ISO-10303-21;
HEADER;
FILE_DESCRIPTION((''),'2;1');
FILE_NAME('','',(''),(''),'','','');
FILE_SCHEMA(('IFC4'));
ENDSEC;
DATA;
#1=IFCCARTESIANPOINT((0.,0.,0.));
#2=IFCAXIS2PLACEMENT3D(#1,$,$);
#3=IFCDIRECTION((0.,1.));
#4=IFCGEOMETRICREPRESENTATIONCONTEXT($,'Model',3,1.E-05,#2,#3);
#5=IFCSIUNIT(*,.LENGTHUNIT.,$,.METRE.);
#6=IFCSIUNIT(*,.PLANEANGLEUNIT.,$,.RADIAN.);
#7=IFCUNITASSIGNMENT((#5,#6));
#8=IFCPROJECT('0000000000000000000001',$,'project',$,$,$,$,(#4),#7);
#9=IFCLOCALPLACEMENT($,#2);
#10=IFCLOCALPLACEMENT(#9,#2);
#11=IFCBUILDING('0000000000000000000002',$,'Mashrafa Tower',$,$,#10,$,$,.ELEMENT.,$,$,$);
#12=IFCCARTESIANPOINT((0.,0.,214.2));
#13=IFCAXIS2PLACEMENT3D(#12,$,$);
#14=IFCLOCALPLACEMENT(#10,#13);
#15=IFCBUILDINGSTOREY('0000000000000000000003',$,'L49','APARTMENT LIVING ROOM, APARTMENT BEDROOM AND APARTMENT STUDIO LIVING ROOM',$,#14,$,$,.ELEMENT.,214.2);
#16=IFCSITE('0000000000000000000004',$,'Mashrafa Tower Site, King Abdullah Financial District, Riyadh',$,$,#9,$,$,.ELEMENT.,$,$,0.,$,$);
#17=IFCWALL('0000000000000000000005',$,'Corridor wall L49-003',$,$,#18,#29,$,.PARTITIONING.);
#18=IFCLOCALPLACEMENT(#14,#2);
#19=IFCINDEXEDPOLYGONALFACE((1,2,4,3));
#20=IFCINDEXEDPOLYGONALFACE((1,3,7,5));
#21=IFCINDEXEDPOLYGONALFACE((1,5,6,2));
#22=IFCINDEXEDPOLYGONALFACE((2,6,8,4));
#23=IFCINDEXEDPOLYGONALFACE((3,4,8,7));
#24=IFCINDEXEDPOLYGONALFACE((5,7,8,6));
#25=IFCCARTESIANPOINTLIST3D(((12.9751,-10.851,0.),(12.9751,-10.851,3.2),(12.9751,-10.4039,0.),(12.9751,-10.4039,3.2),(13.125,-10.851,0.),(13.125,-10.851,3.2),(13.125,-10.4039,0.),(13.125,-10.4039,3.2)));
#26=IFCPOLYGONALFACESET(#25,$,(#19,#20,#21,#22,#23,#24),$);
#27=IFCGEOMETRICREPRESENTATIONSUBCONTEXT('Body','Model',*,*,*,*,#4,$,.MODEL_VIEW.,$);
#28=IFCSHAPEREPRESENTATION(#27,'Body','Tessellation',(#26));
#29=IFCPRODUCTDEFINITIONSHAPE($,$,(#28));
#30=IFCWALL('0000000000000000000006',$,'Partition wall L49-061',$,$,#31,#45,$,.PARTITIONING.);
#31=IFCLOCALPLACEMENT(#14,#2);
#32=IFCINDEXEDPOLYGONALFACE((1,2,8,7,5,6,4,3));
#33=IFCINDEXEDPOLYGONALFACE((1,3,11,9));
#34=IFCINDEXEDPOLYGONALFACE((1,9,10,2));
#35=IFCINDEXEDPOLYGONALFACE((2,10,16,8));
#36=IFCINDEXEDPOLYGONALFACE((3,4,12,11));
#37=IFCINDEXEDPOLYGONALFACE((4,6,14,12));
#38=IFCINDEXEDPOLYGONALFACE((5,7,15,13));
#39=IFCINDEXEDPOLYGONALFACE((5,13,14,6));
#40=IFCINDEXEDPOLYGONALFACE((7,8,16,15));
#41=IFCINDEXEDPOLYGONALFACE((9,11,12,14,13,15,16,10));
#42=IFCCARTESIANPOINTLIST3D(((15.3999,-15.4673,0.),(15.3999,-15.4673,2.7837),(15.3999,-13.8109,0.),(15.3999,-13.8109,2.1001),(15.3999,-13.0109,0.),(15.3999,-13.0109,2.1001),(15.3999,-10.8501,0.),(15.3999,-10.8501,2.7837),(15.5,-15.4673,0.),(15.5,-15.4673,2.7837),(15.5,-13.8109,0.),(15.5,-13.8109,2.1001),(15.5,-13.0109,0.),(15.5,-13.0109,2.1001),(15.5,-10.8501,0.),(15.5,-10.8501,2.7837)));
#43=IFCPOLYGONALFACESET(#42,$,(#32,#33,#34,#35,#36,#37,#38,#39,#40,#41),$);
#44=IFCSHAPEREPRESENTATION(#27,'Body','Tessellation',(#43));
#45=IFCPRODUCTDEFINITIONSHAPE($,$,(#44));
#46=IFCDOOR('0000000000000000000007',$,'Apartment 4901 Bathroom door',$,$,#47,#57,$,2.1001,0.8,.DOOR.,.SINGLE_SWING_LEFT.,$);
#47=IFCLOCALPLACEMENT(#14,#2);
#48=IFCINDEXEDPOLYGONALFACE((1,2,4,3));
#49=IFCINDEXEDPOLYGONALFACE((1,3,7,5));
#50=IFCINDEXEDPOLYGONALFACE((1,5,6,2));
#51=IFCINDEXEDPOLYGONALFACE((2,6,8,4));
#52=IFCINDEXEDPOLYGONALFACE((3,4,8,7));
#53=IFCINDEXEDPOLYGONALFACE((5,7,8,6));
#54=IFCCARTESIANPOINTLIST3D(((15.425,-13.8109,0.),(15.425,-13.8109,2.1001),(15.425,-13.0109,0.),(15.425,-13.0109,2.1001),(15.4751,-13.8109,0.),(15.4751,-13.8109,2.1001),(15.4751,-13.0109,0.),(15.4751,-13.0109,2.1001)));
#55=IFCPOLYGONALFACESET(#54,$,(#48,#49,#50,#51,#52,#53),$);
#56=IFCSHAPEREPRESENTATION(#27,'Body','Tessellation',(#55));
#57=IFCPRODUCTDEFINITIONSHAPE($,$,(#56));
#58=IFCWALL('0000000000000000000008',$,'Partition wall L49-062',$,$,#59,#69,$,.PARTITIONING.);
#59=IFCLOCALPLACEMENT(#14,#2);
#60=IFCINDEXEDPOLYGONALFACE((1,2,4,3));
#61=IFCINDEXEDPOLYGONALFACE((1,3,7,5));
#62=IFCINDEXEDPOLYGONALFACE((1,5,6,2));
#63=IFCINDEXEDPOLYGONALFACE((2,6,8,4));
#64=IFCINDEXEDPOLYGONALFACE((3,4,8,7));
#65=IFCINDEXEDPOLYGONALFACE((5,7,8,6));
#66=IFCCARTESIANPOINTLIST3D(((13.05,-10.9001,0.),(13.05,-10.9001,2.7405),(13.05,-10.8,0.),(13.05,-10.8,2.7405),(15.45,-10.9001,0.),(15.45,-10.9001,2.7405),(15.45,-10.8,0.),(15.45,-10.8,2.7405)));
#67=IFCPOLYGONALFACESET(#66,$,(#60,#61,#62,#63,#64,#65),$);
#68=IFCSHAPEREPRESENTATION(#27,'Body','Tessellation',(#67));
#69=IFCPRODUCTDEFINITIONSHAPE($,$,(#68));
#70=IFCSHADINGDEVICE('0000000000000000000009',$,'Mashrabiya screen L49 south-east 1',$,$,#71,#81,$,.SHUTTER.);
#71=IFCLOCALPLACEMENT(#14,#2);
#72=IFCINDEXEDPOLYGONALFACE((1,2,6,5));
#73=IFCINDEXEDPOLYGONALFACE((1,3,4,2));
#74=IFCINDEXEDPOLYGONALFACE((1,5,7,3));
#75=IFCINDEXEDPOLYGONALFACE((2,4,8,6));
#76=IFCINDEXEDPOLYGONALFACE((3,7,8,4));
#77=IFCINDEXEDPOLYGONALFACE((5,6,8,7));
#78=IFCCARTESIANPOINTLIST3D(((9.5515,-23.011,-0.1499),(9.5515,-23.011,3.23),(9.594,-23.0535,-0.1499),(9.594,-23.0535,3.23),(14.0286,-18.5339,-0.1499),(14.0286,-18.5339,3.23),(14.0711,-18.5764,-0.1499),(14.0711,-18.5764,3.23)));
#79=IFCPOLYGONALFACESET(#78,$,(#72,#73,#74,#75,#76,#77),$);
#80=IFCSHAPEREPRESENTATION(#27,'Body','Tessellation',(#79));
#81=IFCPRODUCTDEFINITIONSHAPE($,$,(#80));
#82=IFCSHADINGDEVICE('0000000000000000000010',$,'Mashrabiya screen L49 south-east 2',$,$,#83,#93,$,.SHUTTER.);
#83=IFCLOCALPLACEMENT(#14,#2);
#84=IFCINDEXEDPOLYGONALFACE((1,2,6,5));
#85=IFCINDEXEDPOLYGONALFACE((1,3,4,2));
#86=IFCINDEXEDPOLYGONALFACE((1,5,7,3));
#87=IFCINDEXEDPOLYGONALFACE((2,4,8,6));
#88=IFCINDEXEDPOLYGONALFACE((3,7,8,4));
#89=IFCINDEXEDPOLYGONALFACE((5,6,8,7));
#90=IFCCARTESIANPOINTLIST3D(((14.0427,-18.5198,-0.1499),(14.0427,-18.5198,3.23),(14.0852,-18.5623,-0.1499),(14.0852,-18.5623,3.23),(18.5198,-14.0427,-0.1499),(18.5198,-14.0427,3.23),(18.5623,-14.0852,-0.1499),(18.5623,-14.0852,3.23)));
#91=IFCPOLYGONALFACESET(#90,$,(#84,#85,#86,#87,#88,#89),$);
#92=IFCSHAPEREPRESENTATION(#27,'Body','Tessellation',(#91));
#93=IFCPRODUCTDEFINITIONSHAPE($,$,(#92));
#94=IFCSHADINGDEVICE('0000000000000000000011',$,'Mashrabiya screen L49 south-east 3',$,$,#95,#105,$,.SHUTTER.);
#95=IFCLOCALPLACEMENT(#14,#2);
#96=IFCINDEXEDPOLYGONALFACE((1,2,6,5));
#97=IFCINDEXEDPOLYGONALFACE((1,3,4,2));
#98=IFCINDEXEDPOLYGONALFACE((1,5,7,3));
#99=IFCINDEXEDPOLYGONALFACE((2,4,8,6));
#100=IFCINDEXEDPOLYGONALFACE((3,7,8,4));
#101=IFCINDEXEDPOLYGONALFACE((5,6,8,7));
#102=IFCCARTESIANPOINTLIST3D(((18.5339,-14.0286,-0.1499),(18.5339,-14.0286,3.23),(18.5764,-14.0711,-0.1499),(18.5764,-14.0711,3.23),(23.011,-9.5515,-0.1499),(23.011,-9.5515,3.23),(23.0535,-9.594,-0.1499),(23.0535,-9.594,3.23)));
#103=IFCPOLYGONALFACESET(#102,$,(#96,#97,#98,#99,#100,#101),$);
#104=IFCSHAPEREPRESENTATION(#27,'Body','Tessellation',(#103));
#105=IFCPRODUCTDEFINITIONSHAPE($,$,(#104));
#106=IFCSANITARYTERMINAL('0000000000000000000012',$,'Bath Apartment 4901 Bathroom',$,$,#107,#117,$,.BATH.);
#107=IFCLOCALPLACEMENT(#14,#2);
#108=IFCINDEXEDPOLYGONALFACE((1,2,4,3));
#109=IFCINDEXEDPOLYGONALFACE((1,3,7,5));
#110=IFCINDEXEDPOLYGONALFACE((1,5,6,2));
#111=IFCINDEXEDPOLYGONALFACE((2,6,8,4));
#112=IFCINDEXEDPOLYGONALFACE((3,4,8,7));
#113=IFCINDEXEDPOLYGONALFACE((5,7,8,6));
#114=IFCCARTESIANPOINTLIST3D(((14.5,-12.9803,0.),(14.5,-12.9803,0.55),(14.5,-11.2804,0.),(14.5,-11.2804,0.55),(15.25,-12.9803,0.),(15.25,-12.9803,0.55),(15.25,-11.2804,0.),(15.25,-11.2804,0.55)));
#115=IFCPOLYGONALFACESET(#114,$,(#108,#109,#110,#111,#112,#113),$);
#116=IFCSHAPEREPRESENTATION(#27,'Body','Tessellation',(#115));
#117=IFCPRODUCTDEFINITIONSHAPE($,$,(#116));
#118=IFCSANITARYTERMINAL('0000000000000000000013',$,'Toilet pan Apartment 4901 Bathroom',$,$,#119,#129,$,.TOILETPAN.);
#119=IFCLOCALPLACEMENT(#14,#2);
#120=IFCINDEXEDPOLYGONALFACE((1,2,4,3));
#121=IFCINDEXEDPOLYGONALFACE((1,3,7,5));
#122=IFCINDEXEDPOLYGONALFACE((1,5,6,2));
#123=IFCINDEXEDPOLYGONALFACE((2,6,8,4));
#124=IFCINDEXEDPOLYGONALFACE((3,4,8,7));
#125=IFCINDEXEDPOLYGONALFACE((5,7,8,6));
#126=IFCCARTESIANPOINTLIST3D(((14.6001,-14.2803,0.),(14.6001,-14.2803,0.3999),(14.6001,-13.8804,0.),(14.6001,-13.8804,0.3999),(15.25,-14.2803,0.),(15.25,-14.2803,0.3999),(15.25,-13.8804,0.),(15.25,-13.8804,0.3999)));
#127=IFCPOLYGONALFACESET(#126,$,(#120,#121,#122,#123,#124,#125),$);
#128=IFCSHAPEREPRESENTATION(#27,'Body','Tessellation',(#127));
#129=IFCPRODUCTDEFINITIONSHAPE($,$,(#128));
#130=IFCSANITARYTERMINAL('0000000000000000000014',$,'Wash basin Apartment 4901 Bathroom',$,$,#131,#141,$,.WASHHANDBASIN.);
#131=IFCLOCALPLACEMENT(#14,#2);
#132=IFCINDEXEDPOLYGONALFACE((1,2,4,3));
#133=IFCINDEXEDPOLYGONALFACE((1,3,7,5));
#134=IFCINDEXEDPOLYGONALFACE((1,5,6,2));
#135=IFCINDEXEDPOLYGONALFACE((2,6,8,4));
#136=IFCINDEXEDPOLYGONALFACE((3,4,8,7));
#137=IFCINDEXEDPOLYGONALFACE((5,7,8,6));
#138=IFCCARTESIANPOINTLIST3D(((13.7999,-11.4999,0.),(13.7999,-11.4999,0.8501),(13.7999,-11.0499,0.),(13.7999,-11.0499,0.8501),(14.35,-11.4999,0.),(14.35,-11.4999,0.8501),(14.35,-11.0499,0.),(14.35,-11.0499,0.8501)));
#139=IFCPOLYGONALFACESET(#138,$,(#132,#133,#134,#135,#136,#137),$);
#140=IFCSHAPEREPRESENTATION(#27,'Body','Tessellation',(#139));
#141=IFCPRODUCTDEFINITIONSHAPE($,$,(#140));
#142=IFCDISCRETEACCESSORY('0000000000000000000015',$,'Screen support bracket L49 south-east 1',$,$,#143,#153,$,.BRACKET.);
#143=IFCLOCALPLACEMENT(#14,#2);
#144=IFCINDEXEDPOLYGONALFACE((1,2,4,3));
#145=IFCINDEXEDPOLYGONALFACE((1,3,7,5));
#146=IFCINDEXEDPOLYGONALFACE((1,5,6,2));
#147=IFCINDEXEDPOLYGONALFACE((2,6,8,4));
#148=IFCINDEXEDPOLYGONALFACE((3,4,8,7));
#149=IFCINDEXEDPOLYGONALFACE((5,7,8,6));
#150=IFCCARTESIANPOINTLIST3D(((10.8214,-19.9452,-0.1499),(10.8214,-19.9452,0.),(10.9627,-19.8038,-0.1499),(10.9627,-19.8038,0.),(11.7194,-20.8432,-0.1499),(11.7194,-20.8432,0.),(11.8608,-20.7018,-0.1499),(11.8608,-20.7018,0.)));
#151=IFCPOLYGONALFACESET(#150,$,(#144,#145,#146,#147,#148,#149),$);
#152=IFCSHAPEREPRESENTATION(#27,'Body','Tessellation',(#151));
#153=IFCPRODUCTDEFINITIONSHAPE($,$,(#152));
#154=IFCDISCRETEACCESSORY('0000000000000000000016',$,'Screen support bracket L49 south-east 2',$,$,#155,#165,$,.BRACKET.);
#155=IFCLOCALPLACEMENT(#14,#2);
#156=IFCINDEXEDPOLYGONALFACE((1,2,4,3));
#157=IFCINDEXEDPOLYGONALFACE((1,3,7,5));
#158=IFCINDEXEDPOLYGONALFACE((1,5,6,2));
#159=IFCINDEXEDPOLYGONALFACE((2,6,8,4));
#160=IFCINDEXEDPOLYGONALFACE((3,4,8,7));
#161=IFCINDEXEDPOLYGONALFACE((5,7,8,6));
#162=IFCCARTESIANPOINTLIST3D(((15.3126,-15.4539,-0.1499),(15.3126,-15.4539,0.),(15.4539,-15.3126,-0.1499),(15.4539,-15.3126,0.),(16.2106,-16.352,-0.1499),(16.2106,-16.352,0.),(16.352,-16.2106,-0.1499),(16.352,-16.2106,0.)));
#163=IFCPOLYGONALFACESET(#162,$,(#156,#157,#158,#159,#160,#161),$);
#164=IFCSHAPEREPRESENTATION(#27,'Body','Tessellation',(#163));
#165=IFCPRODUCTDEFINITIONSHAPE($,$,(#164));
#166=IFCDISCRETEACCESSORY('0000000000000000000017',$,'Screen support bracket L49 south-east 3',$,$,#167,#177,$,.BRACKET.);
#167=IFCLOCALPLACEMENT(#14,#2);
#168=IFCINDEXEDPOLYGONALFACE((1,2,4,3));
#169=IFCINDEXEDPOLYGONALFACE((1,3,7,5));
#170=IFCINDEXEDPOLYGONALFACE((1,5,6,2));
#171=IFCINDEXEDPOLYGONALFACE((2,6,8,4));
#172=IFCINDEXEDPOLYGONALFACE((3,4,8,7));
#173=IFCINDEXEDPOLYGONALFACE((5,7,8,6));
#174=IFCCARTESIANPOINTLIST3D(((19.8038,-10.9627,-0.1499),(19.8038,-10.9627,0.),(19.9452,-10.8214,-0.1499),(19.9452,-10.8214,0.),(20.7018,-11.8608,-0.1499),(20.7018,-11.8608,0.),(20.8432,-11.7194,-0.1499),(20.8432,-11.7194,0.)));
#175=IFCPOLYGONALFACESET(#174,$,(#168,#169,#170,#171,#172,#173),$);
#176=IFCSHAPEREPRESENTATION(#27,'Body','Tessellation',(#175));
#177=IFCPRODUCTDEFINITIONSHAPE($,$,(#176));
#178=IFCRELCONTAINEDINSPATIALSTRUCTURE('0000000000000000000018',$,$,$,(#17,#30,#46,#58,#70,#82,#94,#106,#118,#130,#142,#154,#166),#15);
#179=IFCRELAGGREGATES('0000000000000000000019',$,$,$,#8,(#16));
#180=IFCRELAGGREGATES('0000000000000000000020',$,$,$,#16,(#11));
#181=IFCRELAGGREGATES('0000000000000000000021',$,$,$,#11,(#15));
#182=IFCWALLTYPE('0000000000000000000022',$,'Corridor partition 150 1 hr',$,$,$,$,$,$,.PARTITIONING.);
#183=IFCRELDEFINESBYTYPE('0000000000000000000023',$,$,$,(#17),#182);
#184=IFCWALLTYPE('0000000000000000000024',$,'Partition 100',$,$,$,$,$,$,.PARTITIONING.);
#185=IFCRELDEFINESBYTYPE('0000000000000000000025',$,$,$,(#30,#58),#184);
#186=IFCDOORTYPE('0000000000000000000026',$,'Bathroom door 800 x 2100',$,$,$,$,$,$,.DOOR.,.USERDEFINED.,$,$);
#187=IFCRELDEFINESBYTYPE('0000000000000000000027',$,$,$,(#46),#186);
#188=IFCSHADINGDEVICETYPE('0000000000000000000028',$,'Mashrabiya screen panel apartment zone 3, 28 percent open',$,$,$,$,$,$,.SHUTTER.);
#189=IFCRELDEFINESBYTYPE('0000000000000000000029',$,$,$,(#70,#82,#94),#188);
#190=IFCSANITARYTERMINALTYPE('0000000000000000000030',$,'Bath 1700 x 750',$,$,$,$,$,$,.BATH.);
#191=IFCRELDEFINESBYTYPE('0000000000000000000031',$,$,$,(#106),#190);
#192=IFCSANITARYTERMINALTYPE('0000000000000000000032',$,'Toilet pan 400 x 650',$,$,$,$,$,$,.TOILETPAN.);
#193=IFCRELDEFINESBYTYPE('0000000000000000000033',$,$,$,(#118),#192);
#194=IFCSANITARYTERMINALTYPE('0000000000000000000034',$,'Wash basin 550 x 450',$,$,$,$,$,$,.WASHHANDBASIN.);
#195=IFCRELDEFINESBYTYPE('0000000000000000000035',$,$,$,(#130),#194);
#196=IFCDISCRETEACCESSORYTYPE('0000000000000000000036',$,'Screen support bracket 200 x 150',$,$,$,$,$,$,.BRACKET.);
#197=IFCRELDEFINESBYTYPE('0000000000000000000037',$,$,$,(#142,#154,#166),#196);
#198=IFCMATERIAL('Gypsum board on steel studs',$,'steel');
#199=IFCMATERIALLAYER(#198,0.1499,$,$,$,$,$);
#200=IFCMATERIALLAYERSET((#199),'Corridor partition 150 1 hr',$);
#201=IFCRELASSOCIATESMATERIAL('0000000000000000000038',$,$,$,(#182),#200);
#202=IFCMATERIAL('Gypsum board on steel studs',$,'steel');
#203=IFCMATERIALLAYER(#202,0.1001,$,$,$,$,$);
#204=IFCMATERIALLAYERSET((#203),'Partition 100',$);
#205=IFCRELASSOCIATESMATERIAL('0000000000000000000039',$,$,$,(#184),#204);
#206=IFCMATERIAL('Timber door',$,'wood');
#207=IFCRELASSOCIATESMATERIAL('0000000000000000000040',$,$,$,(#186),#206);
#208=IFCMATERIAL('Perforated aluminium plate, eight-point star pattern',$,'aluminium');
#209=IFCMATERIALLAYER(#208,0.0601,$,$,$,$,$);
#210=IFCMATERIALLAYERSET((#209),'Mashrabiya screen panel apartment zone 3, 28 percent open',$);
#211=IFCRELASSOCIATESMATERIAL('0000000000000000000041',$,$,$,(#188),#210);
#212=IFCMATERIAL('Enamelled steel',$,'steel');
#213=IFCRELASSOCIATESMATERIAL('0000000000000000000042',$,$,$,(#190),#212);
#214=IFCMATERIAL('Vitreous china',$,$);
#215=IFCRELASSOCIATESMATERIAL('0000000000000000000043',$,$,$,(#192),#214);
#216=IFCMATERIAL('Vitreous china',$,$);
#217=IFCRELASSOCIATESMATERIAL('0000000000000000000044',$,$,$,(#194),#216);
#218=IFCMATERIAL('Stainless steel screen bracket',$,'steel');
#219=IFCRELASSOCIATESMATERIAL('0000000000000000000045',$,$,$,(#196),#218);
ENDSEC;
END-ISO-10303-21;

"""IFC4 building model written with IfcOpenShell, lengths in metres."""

from ifc_helpers import new_model, si_unit, direction, frame, frame_2d, origin, origin_2d, place, context, subcontext, project, spatial, rectangle, extrude, source, transform, mapped, material, layer, layer_set, type_object, type_shapes, element, fill, save


model = new_model("IFC4")

# Units and contexts
model_context = context("Model", 3, precision=1e-05, world=origin(), true_north=direction((0.0, 1.0)))
body_context = subcontext(model_context, "Body", "Model", "MODEL_VIEW")
ifc_project = project(units=[si_unit("LENGTHUNIT", "METRE"), si_unit("PLANEANGLEUNIT", "RADIAN")], contexts=[model_context])

# Site, building, storey
site_placement = place(None, origin())
site = spatial("IfcSite", under=ifc_project, at=site_placement, Name="Mashrafa Tower Site, King Abdullah Financial District, Riyadh", CompositionType="ELEMENT", RefElevation=0.0)
building_placement = place(site_placement, origin())
building = spatial("IfcBuilding", under=site, at=building_placement, Name="Mashrafa Tower", CompositionType="ELEMENT")
storey_placement = place(building_placement, frame((0.0, 0.0, 214.2)))
storey = spatial("IfcBuildingStorey", under=building, at=storey_placement, Name="L49", Description="APARTMENT LIVING ROOM, APARTMENT BEDROOM AND APARTMENT STUDIO LIVING ROOM", CompositionType="ELEMENT", Elevation=214.2)

# Wall
ifc_material_1 = material(Name="Gypsum board on steel studs", Category="steel")
ifc_layer_1 = layer(ifc_material_1, 0.1499)
ifc_layer_set_1 = layer_set([ifc_layer_1], Name="Corridor partition 150 1 hr")
wall_type_1 = type_object("IfcWallType", Name="Corridor partition 150 1 hr", PredefinedType="PARTITIONING", material=ifc_layer_set_1)
wall_1_placement = place(storey_placement, frame((13.05, -10.8511, 0.0), z_axis=(0.0, 0.0, 1.0), x_axis=(0.0, 1.0, 0.0)))
element("IfcWall", 1, at=wall_1_placement, inside=storey, type_object=wall_type_1, Name="Corridor wall L49-003", PredefinedType="PARTITIONING", context=body_context, shape_type="SweptSolid", body=[
    extrude(rectangle(XDim=0.447, YDim=0.1499, at=frame_2d((0.2236, 0.0))), origin(), (0.0, 0.0, 1.0), 3.2),
])

# Wall, opening, door
ifc_material_2 = material(Name="Gypsum board on steel studs", Category="steel")
ifc_layer_2 = layer(ifc_material_2, 0.1001)
ifc_layer_set_2 = layer_set([ifc_layer_2], Name="Partition 100")
wall_type_2 = type_object("IfcWallType", Name="Partition 100", PredefinedType="PARTITIONING", material=ifc_layer_set_2)
wall_2_placement = place(storey_placement, frame((15.45, -15.4673, 0.0), z_axis=(0.0, 0.0, 1.0), x_axis=(0.0, 1.0, 0.0)))
wall_2 = element("IfcWall", 2, at=wall_2_placement, inside=storey, type_object=wall_type_2, Name="Partition wall L49-061", PredefinedType="PARTITIONING", context=body_context, shape_type="SweptSolid", body=[
    extrude(rectangle(XDim=4.6172, YDim=0.1001, at=frame_2d((2.3086, 0.0))), origin(), (0.0, 0.0, 1.0), 2.7837),
])
opening_placement = place(wall_2_placement, frame((1.6565, 0.0, 0.0)))
opening = element("IfcOpeningElement", 3, at=opening_placement, cuts=wall_2, PredefinedType="OPENING", context=body_context, shape_type="SweptSolid", body=[
    extrude(rectangle(XDim=0.8, YDim=2.1001, at=frame_2d((0.3999, 1.05))), frame((0.0, 0.0601, 0.0), z_axis=(0.0, -1.0, 0.0), x_axis=(1.0, 0.0, 0.0)), (0.0, 0.0, 1.0), 0.1201),
])
ifc_material_3 = material(Name="Timber door", Category="wood")
door_type = type_object("IfcDoorType", Name="Bathroom door 800 x 2100", OperationType="USERDEFINED", PredefinedType="DOOR", material=ifc_material_3)
door_placement = place(opening_placement, origin())
door = element("IfcDoor", 4, at=door_placement, inside=storey, type_object=door_type, Name="Apartment 4901 Bathroom door", OperationType="SINGLE_SWING_LEFT", OverallHeight=2.1001, OverallWidth=0.8, PredefinedType="DOOR", context=body_context, shape_type="SweptSolid", body=[
    extrude(rectangle(XDim=0.8, YDim=2.1001, at=frame_2d((0.3999, 1.05))), frame((0.0, 0.0249, 0.0), z_axis=(0.0, -1.0, 0.0), x_axis=(1.0, 0.0, 0.0)), (0.0, 0.0, 1.0), 0.05),
])
fill(opening, door)

# Wall
wall_3_placement = place(storey_placement, frame((15.45, -10.8501, 0.0), z_axis=(0.0, 0.0, 1.0), x_axis=(-1.0, 0.0, 0.0)))
element("IfcWall", 5, at=wall_3_placement, inside=storey, type_object=wall_type_2, Name="Partition wall L49-062", PredefinedType="PARTITIONING", context=body_context, shape_type="SweptSolid", body=[
    extrude(rectangle(XDim=2.3999, YDim=0.1001, at=frame_2d((1.2, 0.0))), origin(), (0.0, 0.0, 1.0), 2.7405),
])

# Shading devices
ifc_material_4 = material(Name="Perforated aluminium plate, eight-point star pattern", Category="aluminium")
ifc_layer_3 = layer(ifc_material_4, 0.0601)
ifc_layer_set_3 = layer_set([ifc_layer_3], Name="Mashrabiya screen panel apartment zone 3, 28 percent open")
shading_device_type = type_object("IfcShadingDeviceType", Name="Mashrabiya screen panel apartment zone 3, 28 percent open", PredefinedType="SHUTTER", material=ifc_layer_set_3)
shared_shape_1 = source(origin(), body_context, "Body", "SweptSolid", [
    extrude(rectangle(XDim=6.3315, YDim=0.0601, at=origin_2d()), origin(), (0.0, 0.0, 1.0), 3.3799),
])
type_shapes(shading_device_type, [shared_shape_1])
for number, where, z_axis, x_axis, name in (
    (6, (11.8113, -20.7937, -0.1499), (0.0, 0.0, 1.0), (0.707107, 0.707107, 0.0), "Mashrabiya screen L49 south-east 1"),
    (7, (16.3025, -16.3025, -0.1499), (0.0, 0.0, 1.0), (0.707107, 0.707107, 0.0), "Mashrabiya screen L49 south-east 2"),
    (8, (20.7937, -11.8113, -0.1499), (0.0, 0.0, 1.0), (0.707107, 0.707107, 0.0), "Mashrabiya screen L49 south-east 3"),
):
    element("IfcShadingDevice", number, at=place(storey_placement, frame(where, z_axis=z_axis, x_axis=x_axis)), inside=storey, type_object=shading_device_type, Name=name, PredefinedType="SHUTTER", context=body_context, shape_type="MappedRepresentation", body=[
        mapped(shared_shape_1, transform((0.0, 0.0, 0.0))),
    ])

# Sanitary terminals
ifc_material_5 = material(Name="Enamelled steel", Category="steel")
sanitary_terminal_type_1 = type_object("IfcSanitaryTerminalType", Name="Bath 1700 x 750", PredefinedType="BATH", material=ifc_material_5)
sanitary_terminal_1_placement = place(storey_placement, frame((14.875, -12.1304, 0.0), z_axis=(0.0, 0.0, 1.0), x_axis=(0.0, 1.0, 0.0)))
element("IfcSanitaryTerminal", 9, at=sanitary_terminal_1_placement, inside=storey, type_object=sanitary_terminal_type_1, Name="Bath Apartment 4901 Bathroom", PredefinedType="BATH", context=body_context, shape_type="SweptSolid", body=[
    extrude(rectangle(XDim=1.7, YDim=0.75, at=origin_2d()), origin(), (0.0, 0.0, 1.0), 0.55),
])
ifc_material_6 = material(Name="Vitreous china")
sanitary_terminal_type_2 = type_object("IfcSanitaryTerminalType", Name="Toilet pan 400 x 650", PredefinedType="TOILETPAN", material=ifc_material_6)
sanitary_terminal_2_placement = place(storey_placement, frame((14.925, -14.0803, 0.0), z_axis=(0.0, 0.0, 1.0), x_axis=(0.0, 1.0, 0.0)))
element("IfcSanitaryTerminal", 10, at=sanitary_terminal_2_placement, inside=storey, type_object=sanitary_terminal_type_2, Name="Toilet pan Apartment 4901 Bathroom", PredefinedType="TOILETPAN", context=body_context, shape_type="SweptSolid", body=[
    extrude(rectangle(XDim=0.3999, YDim=0.6499, at=origin_2d()), origin(), (0.0, 0.0, 1.0), 0.3999),
])
ifc_material_7 = material(Name="Vitreous china")
sanitary_terminal_type_3 = type_object("IfcSanitaryTerminalType", Name="Wash basin 550 x 450", PredefinedType="WASHHANDBASIN", material=ifc_material_7)
sanitary_terminal_3_placement = place(storey_placement, frame((14.075, -11.2749, 0.0), z_axis=(0.0, 0.0, 1.0), x_axis=(-1.0, 0.0, 0.0)))
element("IfcSanitaryTerminal", 11, at=sanitary_terminal_3_placement, inside=storey, type_object=sanitary_terminal_type_3, Name="Wash basin Apartment 4901 Bathroom", PredefinedType="WASHHANDBASIN", context=body_context, shape_type="SweptSolid", body=[
    extrude(rectangle(XDim=0.55, YDim=0.45, at=origin_2d()), origin(), (0.0, 0.0, 1.0), 0.8501),
])

# Discrete accessories
ifc_material_8 = material(Name="Stainless steel screen bracket", Category="steel")
discrete_accessory_type = type_object("IfcDiscreteAccessoryType", Name="Screen support bracket 200 x 150", PredefinedType="BRACKET", material=ifc_material_8)
shared_shape_2 = source(origin(), body_context, "Body", "SweptSolid", [
    extrude(rectangle(XDim=0.2, YDim=1.27, at=origin_2d()), origin(), (0.0, 0.0, 1.0), 0.1499),
])
type_shapes(discrete_accessory_type, [shared_shape_2])
for number, where, z_axis, x_axis, name in (
    (12, (11.3411, -20.3235, -0.1499), (0.0, 0.0, 1.0), (0.707107, 0.707107, 0.0), "Screen support bracket L49 south-east 1"),
    (13, (15.8323, -15.8323, -0.1499), (0.0, 0.0, 1.0), (0.707107, 0.707107, 0.0), "Screen support bracket L49 south-east 2"),
    (14, (20.3235, -11.3411, -0.1499), (0.0, 0.0, 1.0), (0.707107, 0.707107, 0.0), "Screen support bracket L49 south-east 3"),
):
    element("IfcDiscreteAccessory", number, at=place(storey_placement, frame(where, z_axis=z_axis, x_axis=x_axis)), inside=storey, type_object=discrete_accessory_type, Name=name, PredefinedType="BRACKET", context=body_context, shape_type="MappedRepresentation", body=[
        mapped(shared_shape_2, transform((0.0, 0.0, 0.0))),
    ])

save(model, "model.ifc")
